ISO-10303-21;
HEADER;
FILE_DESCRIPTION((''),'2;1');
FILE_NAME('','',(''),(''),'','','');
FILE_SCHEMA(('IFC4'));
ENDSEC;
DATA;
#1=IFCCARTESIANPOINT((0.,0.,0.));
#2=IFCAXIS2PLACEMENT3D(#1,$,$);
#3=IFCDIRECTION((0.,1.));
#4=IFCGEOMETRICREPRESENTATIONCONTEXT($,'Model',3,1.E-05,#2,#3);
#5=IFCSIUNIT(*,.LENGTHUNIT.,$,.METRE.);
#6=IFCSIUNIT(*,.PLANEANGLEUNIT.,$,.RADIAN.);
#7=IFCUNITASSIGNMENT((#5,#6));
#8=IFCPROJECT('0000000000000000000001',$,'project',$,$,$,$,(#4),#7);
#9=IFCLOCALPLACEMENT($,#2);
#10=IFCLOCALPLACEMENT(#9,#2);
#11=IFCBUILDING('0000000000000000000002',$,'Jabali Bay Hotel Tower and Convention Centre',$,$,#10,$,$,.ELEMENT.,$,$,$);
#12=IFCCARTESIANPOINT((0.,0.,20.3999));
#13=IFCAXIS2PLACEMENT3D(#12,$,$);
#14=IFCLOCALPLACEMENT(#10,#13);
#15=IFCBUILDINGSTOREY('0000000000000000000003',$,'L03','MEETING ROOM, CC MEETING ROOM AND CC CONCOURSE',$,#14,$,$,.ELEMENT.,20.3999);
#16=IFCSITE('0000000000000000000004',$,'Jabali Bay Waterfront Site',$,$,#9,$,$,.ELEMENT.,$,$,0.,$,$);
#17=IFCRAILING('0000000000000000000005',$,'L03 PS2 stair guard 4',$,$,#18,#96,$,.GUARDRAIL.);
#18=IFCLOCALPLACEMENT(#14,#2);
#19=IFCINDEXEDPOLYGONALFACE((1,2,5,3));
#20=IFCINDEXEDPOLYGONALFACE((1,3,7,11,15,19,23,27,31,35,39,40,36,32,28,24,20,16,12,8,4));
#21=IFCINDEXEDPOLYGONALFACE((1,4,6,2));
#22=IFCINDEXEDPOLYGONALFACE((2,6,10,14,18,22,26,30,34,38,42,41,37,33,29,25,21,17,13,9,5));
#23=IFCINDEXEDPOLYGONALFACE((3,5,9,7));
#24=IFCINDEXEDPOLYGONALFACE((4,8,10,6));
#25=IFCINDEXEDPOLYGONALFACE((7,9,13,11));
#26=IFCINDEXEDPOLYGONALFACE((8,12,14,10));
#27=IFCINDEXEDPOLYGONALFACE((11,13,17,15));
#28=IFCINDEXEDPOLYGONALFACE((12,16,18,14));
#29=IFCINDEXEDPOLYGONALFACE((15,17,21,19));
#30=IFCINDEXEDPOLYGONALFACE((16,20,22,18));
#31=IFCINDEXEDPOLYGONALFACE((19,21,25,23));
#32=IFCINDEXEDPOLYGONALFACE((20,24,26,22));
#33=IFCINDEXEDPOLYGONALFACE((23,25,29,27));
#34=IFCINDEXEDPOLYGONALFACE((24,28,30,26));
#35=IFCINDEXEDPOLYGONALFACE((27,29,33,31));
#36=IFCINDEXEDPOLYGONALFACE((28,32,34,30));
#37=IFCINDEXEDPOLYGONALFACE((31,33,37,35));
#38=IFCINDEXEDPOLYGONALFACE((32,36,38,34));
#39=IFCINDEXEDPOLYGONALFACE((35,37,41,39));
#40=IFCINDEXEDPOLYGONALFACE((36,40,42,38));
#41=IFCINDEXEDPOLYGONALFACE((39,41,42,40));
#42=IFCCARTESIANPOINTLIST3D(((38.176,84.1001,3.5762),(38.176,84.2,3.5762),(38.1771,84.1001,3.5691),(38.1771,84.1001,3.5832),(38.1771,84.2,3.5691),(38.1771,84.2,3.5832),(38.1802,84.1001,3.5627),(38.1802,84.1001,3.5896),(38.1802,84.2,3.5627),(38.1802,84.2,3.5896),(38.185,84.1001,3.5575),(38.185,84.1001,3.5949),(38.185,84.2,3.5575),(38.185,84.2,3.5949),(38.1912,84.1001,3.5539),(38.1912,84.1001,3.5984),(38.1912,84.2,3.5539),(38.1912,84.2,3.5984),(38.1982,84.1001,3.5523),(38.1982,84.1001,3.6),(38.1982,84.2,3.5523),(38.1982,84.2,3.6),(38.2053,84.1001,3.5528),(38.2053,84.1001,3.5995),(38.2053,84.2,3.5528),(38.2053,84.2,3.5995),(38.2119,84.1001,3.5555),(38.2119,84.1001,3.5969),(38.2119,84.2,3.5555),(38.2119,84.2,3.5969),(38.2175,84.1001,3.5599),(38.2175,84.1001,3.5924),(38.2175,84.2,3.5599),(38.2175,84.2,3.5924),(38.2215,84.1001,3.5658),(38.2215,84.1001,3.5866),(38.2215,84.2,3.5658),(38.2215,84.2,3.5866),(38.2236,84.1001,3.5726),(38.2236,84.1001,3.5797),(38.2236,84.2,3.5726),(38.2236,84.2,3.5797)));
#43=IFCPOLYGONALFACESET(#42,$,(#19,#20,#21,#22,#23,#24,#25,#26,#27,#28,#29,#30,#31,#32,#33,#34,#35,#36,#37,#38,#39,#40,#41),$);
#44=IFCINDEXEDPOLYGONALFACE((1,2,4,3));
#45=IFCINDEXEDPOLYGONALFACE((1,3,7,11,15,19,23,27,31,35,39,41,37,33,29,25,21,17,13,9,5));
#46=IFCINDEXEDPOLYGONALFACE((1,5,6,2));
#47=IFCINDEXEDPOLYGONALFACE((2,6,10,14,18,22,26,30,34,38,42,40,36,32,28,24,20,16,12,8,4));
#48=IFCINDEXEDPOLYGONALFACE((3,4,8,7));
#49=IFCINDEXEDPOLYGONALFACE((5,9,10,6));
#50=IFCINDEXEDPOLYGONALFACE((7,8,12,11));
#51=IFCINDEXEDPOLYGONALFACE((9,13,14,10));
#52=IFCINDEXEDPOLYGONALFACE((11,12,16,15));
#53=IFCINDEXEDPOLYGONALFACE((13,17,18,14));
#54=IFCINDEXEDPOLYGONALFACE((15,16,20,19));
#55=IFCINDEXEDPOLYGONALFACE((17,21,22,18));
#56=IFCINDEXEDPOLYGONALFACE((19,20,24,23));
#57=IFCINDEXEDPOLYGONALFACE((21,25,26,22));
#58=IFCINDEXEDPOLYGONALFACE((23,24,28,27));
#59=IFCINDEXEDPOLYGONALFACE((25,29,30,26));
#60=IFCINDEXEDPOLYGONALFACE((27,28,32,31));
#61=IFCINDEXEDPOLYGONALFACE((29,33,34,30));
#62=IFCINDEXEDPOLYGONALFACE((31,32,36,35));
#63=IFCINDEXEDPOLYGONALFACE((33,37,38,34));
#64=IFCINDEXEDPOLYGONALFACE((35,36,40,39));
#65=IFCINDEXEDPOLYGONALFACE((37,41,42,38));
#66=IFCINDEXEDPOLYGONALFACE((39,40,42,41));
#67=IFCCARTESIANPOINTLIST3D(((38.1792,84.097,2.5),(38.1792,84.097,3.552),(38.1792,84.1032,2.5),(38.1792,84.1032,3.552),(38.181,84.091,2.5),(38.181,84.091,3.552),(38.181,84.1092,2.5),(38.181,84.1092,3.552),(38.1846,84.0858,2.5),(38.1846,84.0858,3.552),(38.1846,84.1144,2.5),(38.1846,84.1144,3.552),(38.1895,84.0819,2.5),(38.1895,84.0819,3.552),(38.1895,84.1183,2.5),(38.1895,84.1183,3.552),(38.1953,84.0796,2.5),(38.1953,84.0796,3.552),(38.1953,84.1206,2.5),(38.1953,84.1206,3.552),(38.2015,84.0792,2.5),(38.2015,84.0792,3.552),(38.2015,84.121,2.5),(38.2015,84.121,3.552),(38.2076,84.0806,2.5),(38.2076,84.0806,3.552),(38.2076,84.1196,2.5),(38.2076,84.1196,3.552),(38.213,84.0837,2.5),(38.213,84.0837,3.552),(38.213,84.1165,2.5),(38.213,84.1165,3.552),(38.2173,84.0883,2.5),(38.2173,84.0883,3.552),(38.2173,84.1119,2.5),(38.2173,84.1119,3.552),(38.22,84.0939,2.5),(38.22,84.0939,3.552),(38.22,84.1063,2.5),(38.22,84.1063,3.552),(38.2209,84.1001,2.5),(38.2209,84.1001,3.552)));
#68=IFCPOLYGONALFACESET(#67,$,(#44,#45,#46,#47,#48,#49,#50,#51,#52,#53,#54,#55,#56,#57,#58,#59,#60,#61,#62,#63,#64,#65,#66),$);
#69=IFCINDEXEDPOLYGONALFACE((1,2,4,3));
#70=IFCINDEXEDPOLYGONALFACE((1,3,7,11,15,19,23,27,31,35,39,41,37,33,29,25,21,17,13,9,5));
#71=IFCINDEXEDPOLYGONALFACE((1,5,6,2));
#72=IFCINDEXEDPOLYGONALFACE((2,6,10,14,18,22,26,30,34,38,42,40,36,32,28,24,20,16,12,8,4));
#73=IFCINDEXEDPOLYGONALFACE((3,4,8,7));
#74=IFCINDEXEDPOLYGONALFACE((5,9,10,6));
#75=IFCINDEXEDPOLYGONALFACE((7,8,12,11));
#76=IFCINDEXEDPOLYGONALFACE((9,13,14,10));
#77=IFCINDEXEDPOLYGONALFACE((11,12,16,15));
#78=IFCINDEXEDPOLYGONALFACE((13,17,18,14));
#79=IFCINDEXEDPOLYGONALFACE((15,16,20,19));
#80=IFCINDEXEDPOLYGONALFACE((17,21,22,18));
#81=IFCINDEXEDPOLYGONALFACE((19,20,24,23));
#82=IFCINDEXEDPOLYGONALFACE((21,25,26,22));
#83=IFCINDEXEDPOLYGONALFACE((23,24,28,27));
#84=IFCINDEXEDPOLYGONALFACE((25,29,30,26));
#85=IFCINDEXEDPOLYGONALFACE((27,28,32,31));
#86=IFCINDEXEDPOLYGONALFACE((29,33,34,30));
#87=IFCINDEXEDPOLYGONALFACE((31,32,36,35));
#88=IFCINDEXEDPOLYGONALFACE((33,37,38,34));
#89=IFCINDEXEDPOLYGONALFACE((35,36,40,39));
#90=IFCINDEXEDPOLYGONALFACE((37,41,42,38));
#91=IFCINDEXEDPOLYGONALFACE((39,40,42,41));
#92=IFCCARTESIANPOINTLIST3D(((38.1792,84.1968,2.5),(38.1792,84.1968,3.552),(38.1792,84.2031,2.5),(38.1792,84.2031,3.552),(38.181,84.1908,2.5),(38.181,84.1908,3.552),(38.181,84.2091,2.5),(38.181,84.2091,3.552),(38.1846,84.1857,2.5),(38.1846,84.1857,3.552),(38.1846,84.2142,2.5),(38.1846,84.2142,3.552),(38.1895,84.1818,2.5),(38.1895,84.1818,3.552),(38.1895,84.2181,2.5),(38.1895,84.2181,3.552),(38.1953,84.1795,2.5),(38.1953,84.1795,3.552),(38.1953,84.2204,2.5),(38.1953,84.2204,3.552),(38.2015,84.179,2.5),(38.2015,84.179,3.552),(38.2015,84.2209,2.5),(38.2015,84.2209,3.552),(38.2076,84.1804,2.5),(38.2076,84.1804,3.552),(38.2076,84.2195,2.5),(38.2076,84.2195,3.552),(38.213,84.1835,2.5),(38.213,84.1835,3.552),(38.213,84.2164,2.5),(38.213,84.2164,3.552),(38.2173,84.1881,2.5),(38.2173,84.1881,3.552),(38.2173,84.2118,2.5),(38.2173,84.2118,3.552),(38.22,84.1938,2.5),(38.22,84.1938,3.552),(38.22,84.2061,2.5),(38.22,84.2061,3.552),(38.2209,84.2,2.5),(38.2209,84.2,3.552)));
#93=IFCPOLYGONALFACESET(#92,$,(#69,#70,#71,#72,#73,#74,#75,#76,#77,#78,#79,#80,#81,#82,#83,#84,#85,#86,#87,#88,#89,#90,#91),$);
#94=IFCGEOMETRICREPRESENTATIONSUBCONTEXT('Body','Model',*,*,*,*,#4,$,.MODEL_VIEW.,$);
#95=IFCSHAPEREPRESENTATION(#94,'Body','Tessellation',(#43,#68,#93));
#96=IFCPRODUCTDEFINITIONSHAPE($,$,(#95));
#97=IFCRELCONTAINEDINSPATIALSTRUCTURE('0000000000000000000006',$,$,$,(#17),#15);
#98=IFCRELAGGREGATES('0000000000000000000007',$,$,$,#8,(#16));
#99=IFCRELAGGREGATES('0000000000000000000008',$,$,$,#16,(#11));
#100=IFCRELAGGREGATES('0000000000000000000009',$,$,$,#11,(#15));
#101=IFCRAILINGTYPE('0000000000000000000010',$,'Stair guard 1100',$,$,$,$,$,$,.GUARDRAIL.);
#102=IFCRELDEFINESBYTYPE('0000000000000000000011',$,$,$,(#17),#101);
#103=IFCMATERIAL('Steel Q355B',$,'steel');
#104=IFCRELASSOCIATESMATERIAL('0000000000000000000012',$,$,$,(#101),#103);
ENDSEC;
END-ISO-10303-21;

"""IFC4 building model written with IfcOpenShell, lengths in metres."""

from ifc_helpers import new_model, si_unit, direction, frame, origin, origin_2d, place, context, subcontext, project, spatial, circle, extrude, material, type_object, element, save


model = new_model("IFC4")

# Units and contexts
model_context = context("Model", 3, precision=1e-05, world=origin(), true_north=direction((0.0, 1.0)))
body_context = subcontext(model_context, "Body", "Model", "MODEL_VIEW")
ifc_project = project(units=[si_unit("LENGTHUNIT", "METRE"), si_unit("PLANEANGLEUNIT", "RADIAN")], contexts=[model_context])

# Site, building, storey
site_placement = place(None, origin())
site = spatial("IfcSite", under=ifc_project, at=site_placement, Name="Jabali Bay Waterfront Site", CompositionType="ELEMENT", RefElevation=0.0)
building_placement = place(site_placement, origin())
building = spatial("IfcBuilding", under=site, at=building_placement, Name="Jabali Bay Hotel Tower and Convention Centre", CompositionType="ELEMENT")
storey_placement = place(building_placement, frame((0.0, 0.0, 20.3999)))
storey = spatial("IfcBuildingStorey", under=building, at=storey_placement, Name="L03", Description="MEETING ROOM, CC MEETING ROOM AND CC CONCOURSE", CompositionType="ELEMENT", Elevation=20.3999)

# Railing
ifc_material_1 = material(Name="Steel Q355B", Category="steel")
railing_type_1 = type_object("IfcRailingType", Name="Stair guard 1100", PredefinedType="GUARDRAIL", material=ifc_material_1)
railing_1_placement = place(storey_placement, frame((38.2, 84.1001, 2.5)))
element("IfcRailing", 1, at=railing_1_placement, inside=storey, type_object=railing_type_1, Name="L03 PS2 stair guard 4", PredefinedType="GUARDRAIL", context=body_context, shape_type="SweptSolid", body=[
    extrude(circle(Radius=0.0239, at=origin_2d()), frame((0.0, 0.0, 1.0762), z_axis=(0.0, 1.0, 0.0), x_axis=(-1.0, 0.0, 0.0)), (0.0, 0.0, 1.0), 0.0999),
    extrude(circle(Radius=0.021, at=origin_2d()), origin(), (0.0, 0.0, 1.0), 1.052),
    extrude(circle(Radius=0.021, at=origin_2d()), frame((0.0, 0.0999, 0.0)), (0.0, 0.0, 1.0), 1.052),
])

save(model, "model.ifc")
